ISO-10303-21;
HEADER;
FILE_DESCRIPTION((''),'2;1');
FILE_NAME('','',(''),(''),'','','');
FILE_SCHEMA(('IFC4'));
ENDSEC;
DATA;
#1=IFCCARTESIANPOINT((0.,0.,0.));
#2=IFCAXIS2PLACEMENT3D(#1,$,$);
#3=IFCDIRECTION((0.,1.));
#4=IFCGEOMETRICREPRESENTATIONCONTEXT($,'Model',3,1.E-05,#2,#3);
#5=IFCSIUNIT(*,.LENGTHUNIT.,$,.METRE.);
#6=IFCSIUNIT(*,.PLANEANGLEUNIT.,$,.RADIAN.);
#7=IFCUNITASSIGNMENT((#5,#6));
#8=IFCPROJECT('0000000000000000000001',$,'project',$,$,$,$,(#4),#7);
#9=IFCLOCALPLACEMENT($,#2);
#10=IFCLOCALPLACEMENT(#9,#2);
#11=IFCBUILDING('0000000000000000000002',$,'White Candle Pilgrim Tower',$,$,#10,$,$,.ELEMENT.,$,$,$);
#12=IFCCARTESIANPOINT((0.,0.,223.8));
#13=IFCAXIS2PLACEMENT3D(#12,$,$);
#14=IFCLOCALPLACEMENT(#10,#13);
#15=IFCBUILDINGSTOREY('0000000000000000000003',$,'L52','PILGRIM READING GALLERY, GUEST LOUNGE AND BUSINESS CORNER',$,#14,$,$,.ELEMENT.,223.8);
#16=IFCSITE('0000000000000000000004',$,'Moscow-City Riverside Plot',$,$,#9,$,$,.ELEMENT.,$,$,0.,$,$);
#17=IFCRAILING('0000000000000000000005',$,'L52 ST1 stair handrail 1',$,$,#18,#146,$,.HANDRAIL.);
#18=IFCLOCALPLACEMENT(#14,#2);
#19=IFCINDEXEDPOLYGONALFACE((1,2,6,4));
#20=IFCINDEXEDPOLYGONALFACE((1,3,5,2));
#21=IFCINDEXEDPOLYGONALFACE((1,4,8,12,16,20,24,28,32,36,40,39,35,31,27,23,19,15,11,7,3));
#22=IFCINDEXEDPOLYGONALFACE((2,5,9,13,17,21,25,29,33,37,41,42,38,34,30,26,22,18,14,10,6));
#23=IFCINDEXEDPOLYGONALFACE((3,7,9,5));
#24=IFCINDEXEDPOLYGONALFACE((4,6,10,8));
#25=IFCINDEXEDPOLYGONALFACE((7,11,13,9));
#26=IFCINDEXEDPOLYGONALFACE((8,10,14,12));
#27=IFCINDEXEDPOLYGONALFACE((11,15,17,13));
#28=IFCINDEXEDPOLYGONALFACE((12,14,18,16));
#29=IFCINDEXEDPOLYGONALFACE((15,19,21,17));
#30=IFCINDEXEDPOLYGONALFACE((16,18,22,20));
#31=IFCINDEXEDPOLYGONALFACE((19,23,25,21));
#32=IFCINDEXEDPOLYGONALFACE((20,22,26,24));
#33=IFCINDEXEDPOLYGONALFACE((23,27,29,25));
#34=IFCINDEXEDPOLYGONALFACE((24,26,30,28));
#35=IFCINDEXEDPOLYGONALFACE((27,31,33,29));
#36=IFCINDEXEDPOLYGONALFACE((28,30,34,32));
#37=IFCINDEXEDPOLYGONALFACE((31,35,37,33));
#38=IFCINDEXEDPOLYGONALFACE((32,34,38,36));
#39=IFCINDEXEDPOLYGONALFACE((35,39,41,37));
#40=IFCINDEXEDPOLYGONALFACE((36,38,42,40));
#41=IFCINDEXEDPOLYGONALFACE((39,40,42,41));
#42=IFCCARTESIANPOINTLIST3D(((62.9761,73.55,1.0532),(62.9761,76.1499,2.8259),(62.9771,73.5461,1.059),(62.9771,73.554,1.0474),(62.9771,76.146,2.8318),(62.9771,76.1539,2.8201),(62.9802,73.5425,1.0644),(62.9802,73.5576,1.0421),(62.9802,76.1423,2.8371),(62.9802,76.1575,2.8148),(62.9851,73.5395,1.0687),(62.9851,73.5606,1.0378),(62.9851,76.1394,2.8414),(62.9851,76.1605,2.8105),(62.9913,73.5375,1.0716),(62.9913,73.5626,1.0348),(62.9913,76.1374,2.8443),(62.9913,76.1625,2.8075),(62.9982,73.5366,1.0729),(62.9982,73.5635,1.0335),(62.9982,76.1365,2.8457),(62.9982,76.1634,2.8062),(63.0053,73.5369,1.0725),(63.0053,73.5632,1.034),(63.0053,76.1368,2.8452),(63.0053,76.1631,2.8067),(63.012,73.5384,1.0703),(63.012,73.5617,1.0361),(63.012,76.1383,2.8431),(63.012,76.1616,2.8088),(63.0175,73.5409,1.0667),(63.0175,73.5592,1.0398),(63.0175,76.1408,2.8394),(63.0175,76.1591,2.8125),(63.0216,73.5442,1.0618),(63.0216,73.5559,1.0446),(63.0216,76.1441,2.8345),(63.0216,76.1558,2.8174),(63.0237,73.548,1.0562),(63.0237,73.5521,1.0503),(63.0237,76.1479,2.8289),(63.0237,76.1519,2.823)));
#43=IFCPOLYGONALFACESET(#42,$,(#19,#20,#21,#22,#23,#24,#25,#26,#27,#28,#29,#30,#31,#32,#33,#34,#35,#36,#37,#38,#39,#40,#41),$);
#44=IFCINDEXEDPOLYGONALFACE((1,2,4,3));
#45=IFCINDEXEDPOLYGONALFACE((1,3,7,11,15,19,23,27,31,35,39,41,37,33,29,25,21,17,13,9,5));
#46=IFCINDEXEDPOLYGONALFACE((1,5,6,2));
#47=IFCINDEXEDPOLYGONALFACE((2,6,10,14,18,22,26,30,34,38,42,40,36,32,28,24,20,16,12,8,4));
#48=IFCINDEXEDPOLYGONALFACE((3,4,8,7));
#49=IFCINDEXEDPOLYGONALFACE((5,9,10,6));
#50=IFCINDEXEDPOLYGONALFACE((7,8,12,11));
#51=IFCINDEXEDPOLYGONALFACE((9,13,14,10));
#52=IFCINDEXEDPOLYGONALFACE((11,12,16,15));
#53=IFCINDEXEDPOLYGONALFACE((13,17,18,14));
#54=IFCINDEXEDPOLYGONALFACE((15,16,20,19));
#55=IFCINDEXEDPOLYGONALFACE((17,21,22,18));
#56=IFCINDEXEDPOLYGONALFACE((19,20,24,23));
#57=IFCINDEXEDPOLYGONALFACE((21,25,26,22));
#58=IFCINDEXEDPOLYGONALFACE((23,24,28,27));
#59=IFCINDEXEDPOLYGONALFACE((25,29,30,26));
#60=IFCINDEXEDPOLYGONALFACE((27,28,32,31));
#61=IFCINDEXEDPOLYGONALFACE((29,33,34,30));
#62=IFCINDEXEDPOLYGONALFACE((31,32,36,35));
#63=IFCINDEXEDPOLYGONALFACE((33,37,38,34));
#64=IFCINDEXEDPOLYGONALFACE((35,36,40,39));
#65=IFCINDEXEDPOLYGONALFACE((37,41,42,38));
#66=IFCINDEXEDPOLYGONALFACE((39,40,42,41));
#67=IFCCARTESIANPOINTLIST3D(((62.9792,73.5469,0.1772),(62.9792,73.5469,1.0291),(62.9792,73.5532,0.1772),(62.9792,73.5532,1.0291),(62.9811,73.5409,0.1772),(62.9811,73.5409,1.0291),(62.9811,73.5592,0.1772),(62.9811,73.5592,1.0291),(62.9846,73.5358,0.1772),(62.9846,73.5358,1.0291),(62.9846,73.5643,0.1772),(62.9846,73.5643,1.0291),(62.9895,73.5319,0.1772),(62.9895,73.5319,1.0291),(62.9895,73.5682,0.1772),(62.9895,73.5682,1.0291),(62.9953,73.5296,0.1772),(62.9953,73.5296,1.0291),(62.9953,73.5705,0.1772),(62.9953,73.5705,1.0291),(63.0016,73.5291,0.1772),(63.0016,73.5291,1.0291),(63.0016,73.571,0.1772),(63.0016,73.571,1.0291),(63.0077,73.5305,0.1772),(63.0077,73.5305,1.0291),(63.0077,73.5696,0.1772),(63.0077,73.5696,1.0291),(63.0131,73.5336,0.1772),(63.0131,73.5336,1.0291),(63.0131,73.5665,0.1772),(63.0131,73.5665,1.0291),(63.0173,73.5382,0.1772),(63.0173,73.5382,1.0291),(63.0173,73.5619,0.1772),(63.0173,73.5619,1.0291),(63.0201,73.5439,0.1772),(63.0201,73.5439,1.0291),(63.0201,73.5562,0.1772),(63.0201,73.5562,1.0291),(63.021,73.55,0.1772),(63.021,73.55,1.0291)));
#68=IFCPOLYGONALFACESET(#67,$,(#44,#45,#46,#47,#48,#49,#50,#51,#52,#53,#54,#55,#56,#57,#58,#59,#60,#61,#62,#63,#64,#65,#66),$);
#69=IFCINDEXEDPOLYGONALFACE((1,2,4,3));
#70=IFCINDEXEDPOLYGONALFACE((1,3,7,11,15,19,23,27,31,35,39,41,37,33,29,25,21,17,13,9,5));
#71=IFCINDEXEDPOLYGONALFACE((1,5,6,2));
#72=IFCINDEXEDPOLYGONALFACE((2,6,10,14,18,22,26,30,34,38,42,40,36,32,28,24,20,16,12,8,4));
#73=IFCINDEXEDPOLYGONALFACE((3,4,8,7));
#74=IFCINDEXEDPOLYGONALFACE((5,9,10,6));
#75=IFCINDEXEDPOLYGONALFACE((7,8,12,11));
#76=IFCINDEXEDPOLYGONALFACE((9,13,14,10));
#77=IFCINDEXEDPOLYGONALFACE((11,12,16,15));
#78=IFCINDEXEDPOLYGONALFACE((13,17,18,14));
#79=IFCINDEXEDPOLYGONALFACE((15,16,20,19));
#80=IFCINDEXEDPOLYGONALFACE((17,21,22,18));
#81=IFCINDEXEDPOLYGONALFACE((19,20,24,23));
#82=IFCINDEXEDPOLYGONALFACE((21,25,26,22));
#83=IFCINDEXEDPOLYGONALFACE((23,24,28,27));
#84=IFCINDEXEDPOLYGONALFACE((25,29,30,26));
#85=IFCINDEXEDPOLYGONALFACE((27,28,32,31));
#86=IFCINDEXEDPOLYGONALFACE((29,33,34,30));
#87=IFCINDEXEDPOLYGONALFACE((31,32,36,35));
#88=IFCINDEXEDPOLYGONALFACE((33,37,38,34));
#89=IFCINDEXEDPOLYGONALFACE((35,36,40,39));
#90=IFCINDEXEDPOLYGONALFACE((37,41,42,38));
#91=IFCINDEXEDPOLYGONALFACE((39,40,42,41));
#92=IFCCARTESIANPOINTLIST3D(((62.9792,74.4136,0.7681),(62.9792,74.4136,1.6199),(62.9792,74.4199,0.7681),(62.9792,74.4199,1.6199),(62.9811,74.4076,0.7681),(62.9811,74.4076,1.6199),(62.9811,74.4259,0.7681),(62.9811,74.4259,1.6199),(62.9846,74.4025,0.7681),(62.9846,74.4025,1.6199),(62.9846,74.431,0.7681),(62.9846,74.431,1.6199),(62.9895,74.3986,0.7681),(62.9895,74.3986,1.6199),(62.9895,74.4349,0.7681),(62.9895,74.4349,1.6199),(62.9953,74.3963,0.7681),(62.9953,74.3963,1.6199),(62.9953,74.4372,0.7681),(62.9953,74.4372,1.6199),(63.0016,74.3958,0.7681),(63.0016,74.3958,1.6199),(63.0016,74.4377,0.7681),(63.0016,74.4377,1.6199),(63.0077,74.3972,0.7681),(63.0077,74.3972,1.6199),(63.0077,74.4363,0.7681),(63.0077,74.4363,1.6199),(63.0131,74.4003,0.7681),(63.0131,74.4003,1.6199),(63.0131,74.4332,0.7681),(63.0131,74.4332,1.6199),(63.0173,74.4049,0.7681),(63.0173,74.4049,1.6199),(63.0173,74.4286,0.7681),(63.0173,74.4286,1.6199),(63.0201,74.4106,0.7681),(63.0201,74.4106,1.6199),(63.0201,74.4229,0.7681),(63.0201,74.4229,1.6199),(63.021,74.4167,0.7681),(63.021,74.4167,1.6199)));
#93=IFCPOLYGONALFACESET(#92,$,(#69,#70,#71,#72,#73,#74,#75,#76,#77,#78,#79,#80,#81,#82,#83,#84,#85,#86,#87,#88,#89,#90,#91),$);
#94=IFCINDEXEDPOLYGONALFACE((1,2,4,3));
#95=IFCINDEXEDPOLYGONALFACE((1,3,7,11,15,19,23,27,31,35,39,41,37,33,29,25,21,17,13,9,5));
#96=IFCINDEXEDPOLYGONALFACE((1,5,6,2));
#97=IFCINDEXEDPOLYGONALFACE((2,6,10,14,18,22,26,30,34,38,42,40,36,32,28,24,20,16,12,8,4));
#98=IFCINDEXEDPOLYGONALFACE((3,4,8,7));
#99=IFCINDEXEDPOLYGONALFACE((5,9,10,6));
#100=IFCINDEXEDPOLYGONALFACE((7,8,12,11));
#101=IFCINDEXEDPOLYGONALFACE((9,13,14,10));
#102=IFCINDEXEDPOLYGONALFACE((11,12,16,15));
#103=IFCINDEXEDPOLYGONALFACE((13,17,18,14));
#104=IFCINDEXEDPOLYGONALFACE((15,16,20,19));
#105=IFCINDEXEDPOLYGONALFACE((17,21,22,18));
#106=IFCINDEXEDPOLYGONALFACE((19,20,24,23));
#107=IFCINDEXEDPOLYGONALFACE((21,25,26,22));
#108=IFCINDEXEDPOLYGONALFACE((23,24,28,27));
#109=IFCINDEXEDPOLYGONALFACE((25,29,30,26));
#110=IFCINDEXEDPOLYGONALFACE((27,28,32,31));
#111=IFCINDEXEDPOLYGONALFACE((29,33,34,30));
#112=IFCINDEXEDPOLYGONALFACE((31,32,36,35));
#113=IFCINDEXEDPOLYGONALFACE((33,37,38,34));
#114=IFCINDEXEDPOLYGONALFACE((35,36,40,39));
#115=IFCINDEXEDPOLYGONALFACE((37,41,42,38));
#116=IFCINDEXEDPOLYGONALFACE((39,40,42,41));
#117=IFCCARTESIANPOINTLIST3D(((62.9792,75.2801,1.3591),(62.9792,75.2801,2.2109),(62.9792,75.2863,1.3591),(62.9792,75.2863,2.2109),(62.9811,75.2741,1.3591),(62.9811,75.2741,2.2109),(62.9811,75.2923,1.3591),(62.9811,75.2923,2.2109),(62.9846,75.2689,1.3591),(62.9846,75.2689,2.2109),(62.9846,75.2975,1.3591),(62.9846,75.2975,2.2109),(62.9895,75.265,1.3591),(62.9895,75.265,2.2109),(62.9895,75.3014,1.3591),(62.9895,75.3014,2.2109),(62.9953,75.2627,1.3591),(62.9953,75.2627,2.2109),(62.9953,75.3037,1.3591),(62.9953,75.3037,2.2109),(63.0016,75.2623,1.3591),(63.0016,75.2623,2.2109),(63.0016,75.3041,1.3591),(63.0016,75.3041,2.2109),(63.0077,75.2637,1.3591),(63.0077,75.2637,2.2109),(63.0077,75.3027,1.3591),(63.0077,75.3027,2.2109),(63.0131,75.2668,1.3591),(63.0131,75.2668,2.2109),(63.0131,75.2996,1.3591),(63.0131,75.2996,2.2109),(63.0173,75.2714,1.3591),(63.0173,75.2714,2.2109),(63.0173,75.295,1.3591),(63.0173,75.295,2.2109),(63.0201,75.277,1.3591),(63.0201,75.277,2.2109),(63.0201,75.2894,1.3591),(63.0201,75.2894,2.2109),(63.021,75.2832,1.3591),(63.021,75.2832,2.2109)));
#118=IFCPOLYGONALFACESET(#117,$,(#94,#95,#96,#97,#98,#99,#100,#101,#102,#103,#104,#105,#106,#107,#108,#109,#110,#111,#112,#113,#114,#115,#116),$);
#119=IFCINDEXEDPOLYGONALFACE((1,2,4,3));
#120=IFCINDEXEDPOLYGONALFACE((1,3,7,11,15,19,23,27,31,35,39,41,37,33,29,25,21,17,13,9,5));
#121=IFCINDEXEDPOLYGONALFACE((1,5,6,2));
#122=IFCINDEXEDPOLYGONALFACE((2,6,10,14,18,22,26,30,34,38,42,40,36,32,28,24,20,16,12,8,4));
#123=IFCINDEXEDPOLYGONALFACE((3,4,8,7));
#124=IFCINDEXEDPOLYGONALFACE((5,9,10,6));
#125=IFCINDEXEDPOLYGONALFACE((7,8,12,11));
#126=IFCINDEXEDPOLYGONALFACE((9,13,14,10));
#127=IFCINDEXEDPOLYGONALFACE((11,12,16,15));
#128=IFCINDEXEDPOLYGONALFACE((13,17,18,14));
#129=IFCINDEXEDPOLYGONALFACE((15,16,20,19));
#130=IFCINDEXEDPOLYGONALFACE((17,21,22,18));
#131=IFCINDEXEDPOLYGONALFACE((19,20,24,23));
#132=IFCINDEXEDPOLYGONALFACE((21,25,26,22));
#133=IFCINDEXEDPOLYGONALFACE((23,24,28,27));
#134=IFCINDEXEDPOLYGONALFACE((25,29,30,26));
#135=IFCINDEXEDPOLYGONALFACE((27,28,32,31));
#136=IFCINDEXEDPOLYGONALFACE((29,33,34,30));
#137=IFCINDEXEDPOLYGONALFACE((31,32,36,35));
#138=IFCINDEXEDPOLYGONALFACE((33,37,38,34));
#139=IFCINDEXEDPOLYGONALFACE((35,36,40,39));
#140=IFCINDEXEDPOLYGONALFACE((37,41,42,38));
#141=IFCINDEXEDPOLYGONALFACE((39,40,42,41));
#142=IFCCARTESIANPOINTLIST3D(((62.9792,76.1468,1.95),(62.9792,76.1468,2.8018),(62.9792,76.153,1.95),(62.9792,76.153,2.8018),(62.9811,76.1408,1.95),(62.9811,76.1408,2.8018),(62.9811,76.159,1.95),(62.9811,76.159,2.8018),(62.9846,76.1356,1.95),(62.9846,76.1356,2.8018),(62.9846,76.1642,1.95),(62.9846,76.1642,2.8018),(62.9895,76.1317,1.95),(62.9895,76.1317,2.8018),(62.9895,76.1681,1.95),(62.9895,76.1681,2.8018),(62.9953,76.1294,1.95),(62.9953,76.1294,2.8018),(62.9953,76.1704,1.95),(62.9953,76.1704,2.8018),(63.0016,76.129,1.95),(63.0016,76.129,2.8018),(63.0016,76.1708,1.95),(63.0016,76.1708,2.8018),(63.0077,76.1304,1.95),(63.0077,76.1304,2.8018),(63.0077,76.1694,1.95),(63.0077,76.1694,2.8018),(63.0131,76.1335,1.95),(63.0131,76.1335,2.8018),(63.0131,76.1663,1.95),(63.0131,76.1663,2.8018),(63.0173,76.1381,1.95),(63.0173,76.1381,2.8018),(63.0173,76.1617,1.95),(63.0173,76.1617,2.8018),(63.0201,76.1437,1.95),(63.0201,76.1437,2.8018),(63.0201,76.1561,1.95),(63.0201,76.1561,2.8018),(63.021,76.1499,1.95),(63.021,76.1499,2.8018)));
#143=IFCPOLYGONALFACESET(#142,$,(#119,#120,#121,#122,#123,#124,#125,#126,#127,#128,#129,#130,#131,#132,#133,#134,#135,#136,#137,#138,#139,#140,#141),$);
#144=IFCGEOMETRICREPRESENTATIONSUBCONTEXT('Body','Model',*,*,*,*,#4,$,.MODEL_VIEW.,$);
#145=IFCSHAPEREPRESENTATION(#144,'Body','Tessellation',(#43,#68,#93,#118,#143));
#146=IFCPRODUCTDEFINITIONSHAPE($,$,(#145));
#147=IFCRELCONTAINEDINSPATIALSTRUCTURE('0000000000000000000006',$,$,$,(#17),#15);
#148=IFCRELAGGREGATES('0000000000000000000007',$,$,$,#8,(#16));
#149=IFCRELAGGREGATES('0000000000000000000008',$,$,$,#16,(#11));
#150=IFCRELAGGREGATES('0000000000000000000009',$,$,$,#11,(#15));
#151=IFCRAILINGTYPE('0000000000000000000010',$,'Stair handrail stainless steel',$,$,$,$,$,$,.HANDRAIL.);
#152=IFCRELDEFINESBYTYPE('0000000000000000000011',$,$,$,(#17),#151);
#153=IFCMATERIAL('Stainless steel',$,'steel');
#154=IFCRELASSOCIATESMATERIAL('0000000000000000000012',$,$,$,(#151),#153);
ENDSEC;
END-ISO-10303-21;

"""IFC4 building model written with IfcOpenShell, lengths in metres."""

from ifc_helpers import new_model, si_unit, direction, frame, origin, origin_2d, place, context, subcontext, project, spatial, circle, extrude, material, type_object, element, save


model = new_model("IFC4")

# Units and contexts
model_context = context("Model", 3, precision=1e-05, world=origin(), true_north=direction((0.0, 1.0)))
body_context = subcontext(model_context, "Body", "Model", "MODEL_VIEW")
ifc_project = project(units=[si_unit("LENGTHUNIT", "METRE"), si_unit("PLANEANGLEUNIT", "RADIAN")], contexts=[model_context])

# Site, building, storey
site_placement = place(None, origin())
site = spatial("IfcSite", under=ifc_project, at=site_placement, Name="Moscow-City Riverside Plot", CompositionType="ELEMENT", RefElevation=0.0)
building_placement = place(site_placement, origin())
building = spatial("IfcBuilding", under=site, at=building_placement, Name="White Candle Pilgrim Tower", CompositionType="ELEMENT")
storey_placement = place(building_placement, frame((0.0, 0.0, 223.8)))
storey = spatial("IfcBuildingStorey", under=building, at=storey_placement, Name="L52", Description="PILGRIM READING GALLERY, GUEST LOUNGE AND BUSINESS CORNER", CompositionType="ELEMENT", Elevation=223.8)

# Railing
ifc_material_1 = material(Name="Stainless steel", Category="steel")
railing_type_1 = type_object("IfcRailingType", Name="Stair handrail stainless steel", PredefinedType="HANDRAIL", material=ifc_material_1)
railing_1_placement = place(storey_placement, frame((63.0, 73.55, 0.1772)))
element("IfcRailing", 1, at=railing_1_placement, inside=storey, type_object=railing_type_1, Name="L52 ST1 stair handrail 1", PredefinedType="HANDRAIL", context=body_context, shape_type="SweptSolid", body=[
    extrude(circle(Radius=0.0239, at=origin_2d()), frame((0.0, 0.0, 0.876), z_axis=(0.0, 0.826216, 0.563354), x_axis=(-1.0, 0.0, 0.0)), (0.0, 0.0, 1.0), 3.1467),
    extrude(circle(Radius=0.021, at=origin_2d()), origin(), (0.0, 0.0, 1.0), 0.8518),
    extrude(circle(Radius=0.021, at=origin_2d()), frame((0.0, 0.8667, 0.5908)), (0.0, 0.0, 1.0), 0.8518),
    extrude(circle(Radius=0.021, at=origin_2d()), frame((0.0, 1.7332, 1.1819)), (0.0, 0.0, 1.0), 0.8518),
    extrude(circle(Radius=0.021, at=origin_2d()), frame((0.0, 2.5999, 1.7727)), (0.0, 0.0, 1.0), 0.8518),
])

save(model, "model.ifc")
